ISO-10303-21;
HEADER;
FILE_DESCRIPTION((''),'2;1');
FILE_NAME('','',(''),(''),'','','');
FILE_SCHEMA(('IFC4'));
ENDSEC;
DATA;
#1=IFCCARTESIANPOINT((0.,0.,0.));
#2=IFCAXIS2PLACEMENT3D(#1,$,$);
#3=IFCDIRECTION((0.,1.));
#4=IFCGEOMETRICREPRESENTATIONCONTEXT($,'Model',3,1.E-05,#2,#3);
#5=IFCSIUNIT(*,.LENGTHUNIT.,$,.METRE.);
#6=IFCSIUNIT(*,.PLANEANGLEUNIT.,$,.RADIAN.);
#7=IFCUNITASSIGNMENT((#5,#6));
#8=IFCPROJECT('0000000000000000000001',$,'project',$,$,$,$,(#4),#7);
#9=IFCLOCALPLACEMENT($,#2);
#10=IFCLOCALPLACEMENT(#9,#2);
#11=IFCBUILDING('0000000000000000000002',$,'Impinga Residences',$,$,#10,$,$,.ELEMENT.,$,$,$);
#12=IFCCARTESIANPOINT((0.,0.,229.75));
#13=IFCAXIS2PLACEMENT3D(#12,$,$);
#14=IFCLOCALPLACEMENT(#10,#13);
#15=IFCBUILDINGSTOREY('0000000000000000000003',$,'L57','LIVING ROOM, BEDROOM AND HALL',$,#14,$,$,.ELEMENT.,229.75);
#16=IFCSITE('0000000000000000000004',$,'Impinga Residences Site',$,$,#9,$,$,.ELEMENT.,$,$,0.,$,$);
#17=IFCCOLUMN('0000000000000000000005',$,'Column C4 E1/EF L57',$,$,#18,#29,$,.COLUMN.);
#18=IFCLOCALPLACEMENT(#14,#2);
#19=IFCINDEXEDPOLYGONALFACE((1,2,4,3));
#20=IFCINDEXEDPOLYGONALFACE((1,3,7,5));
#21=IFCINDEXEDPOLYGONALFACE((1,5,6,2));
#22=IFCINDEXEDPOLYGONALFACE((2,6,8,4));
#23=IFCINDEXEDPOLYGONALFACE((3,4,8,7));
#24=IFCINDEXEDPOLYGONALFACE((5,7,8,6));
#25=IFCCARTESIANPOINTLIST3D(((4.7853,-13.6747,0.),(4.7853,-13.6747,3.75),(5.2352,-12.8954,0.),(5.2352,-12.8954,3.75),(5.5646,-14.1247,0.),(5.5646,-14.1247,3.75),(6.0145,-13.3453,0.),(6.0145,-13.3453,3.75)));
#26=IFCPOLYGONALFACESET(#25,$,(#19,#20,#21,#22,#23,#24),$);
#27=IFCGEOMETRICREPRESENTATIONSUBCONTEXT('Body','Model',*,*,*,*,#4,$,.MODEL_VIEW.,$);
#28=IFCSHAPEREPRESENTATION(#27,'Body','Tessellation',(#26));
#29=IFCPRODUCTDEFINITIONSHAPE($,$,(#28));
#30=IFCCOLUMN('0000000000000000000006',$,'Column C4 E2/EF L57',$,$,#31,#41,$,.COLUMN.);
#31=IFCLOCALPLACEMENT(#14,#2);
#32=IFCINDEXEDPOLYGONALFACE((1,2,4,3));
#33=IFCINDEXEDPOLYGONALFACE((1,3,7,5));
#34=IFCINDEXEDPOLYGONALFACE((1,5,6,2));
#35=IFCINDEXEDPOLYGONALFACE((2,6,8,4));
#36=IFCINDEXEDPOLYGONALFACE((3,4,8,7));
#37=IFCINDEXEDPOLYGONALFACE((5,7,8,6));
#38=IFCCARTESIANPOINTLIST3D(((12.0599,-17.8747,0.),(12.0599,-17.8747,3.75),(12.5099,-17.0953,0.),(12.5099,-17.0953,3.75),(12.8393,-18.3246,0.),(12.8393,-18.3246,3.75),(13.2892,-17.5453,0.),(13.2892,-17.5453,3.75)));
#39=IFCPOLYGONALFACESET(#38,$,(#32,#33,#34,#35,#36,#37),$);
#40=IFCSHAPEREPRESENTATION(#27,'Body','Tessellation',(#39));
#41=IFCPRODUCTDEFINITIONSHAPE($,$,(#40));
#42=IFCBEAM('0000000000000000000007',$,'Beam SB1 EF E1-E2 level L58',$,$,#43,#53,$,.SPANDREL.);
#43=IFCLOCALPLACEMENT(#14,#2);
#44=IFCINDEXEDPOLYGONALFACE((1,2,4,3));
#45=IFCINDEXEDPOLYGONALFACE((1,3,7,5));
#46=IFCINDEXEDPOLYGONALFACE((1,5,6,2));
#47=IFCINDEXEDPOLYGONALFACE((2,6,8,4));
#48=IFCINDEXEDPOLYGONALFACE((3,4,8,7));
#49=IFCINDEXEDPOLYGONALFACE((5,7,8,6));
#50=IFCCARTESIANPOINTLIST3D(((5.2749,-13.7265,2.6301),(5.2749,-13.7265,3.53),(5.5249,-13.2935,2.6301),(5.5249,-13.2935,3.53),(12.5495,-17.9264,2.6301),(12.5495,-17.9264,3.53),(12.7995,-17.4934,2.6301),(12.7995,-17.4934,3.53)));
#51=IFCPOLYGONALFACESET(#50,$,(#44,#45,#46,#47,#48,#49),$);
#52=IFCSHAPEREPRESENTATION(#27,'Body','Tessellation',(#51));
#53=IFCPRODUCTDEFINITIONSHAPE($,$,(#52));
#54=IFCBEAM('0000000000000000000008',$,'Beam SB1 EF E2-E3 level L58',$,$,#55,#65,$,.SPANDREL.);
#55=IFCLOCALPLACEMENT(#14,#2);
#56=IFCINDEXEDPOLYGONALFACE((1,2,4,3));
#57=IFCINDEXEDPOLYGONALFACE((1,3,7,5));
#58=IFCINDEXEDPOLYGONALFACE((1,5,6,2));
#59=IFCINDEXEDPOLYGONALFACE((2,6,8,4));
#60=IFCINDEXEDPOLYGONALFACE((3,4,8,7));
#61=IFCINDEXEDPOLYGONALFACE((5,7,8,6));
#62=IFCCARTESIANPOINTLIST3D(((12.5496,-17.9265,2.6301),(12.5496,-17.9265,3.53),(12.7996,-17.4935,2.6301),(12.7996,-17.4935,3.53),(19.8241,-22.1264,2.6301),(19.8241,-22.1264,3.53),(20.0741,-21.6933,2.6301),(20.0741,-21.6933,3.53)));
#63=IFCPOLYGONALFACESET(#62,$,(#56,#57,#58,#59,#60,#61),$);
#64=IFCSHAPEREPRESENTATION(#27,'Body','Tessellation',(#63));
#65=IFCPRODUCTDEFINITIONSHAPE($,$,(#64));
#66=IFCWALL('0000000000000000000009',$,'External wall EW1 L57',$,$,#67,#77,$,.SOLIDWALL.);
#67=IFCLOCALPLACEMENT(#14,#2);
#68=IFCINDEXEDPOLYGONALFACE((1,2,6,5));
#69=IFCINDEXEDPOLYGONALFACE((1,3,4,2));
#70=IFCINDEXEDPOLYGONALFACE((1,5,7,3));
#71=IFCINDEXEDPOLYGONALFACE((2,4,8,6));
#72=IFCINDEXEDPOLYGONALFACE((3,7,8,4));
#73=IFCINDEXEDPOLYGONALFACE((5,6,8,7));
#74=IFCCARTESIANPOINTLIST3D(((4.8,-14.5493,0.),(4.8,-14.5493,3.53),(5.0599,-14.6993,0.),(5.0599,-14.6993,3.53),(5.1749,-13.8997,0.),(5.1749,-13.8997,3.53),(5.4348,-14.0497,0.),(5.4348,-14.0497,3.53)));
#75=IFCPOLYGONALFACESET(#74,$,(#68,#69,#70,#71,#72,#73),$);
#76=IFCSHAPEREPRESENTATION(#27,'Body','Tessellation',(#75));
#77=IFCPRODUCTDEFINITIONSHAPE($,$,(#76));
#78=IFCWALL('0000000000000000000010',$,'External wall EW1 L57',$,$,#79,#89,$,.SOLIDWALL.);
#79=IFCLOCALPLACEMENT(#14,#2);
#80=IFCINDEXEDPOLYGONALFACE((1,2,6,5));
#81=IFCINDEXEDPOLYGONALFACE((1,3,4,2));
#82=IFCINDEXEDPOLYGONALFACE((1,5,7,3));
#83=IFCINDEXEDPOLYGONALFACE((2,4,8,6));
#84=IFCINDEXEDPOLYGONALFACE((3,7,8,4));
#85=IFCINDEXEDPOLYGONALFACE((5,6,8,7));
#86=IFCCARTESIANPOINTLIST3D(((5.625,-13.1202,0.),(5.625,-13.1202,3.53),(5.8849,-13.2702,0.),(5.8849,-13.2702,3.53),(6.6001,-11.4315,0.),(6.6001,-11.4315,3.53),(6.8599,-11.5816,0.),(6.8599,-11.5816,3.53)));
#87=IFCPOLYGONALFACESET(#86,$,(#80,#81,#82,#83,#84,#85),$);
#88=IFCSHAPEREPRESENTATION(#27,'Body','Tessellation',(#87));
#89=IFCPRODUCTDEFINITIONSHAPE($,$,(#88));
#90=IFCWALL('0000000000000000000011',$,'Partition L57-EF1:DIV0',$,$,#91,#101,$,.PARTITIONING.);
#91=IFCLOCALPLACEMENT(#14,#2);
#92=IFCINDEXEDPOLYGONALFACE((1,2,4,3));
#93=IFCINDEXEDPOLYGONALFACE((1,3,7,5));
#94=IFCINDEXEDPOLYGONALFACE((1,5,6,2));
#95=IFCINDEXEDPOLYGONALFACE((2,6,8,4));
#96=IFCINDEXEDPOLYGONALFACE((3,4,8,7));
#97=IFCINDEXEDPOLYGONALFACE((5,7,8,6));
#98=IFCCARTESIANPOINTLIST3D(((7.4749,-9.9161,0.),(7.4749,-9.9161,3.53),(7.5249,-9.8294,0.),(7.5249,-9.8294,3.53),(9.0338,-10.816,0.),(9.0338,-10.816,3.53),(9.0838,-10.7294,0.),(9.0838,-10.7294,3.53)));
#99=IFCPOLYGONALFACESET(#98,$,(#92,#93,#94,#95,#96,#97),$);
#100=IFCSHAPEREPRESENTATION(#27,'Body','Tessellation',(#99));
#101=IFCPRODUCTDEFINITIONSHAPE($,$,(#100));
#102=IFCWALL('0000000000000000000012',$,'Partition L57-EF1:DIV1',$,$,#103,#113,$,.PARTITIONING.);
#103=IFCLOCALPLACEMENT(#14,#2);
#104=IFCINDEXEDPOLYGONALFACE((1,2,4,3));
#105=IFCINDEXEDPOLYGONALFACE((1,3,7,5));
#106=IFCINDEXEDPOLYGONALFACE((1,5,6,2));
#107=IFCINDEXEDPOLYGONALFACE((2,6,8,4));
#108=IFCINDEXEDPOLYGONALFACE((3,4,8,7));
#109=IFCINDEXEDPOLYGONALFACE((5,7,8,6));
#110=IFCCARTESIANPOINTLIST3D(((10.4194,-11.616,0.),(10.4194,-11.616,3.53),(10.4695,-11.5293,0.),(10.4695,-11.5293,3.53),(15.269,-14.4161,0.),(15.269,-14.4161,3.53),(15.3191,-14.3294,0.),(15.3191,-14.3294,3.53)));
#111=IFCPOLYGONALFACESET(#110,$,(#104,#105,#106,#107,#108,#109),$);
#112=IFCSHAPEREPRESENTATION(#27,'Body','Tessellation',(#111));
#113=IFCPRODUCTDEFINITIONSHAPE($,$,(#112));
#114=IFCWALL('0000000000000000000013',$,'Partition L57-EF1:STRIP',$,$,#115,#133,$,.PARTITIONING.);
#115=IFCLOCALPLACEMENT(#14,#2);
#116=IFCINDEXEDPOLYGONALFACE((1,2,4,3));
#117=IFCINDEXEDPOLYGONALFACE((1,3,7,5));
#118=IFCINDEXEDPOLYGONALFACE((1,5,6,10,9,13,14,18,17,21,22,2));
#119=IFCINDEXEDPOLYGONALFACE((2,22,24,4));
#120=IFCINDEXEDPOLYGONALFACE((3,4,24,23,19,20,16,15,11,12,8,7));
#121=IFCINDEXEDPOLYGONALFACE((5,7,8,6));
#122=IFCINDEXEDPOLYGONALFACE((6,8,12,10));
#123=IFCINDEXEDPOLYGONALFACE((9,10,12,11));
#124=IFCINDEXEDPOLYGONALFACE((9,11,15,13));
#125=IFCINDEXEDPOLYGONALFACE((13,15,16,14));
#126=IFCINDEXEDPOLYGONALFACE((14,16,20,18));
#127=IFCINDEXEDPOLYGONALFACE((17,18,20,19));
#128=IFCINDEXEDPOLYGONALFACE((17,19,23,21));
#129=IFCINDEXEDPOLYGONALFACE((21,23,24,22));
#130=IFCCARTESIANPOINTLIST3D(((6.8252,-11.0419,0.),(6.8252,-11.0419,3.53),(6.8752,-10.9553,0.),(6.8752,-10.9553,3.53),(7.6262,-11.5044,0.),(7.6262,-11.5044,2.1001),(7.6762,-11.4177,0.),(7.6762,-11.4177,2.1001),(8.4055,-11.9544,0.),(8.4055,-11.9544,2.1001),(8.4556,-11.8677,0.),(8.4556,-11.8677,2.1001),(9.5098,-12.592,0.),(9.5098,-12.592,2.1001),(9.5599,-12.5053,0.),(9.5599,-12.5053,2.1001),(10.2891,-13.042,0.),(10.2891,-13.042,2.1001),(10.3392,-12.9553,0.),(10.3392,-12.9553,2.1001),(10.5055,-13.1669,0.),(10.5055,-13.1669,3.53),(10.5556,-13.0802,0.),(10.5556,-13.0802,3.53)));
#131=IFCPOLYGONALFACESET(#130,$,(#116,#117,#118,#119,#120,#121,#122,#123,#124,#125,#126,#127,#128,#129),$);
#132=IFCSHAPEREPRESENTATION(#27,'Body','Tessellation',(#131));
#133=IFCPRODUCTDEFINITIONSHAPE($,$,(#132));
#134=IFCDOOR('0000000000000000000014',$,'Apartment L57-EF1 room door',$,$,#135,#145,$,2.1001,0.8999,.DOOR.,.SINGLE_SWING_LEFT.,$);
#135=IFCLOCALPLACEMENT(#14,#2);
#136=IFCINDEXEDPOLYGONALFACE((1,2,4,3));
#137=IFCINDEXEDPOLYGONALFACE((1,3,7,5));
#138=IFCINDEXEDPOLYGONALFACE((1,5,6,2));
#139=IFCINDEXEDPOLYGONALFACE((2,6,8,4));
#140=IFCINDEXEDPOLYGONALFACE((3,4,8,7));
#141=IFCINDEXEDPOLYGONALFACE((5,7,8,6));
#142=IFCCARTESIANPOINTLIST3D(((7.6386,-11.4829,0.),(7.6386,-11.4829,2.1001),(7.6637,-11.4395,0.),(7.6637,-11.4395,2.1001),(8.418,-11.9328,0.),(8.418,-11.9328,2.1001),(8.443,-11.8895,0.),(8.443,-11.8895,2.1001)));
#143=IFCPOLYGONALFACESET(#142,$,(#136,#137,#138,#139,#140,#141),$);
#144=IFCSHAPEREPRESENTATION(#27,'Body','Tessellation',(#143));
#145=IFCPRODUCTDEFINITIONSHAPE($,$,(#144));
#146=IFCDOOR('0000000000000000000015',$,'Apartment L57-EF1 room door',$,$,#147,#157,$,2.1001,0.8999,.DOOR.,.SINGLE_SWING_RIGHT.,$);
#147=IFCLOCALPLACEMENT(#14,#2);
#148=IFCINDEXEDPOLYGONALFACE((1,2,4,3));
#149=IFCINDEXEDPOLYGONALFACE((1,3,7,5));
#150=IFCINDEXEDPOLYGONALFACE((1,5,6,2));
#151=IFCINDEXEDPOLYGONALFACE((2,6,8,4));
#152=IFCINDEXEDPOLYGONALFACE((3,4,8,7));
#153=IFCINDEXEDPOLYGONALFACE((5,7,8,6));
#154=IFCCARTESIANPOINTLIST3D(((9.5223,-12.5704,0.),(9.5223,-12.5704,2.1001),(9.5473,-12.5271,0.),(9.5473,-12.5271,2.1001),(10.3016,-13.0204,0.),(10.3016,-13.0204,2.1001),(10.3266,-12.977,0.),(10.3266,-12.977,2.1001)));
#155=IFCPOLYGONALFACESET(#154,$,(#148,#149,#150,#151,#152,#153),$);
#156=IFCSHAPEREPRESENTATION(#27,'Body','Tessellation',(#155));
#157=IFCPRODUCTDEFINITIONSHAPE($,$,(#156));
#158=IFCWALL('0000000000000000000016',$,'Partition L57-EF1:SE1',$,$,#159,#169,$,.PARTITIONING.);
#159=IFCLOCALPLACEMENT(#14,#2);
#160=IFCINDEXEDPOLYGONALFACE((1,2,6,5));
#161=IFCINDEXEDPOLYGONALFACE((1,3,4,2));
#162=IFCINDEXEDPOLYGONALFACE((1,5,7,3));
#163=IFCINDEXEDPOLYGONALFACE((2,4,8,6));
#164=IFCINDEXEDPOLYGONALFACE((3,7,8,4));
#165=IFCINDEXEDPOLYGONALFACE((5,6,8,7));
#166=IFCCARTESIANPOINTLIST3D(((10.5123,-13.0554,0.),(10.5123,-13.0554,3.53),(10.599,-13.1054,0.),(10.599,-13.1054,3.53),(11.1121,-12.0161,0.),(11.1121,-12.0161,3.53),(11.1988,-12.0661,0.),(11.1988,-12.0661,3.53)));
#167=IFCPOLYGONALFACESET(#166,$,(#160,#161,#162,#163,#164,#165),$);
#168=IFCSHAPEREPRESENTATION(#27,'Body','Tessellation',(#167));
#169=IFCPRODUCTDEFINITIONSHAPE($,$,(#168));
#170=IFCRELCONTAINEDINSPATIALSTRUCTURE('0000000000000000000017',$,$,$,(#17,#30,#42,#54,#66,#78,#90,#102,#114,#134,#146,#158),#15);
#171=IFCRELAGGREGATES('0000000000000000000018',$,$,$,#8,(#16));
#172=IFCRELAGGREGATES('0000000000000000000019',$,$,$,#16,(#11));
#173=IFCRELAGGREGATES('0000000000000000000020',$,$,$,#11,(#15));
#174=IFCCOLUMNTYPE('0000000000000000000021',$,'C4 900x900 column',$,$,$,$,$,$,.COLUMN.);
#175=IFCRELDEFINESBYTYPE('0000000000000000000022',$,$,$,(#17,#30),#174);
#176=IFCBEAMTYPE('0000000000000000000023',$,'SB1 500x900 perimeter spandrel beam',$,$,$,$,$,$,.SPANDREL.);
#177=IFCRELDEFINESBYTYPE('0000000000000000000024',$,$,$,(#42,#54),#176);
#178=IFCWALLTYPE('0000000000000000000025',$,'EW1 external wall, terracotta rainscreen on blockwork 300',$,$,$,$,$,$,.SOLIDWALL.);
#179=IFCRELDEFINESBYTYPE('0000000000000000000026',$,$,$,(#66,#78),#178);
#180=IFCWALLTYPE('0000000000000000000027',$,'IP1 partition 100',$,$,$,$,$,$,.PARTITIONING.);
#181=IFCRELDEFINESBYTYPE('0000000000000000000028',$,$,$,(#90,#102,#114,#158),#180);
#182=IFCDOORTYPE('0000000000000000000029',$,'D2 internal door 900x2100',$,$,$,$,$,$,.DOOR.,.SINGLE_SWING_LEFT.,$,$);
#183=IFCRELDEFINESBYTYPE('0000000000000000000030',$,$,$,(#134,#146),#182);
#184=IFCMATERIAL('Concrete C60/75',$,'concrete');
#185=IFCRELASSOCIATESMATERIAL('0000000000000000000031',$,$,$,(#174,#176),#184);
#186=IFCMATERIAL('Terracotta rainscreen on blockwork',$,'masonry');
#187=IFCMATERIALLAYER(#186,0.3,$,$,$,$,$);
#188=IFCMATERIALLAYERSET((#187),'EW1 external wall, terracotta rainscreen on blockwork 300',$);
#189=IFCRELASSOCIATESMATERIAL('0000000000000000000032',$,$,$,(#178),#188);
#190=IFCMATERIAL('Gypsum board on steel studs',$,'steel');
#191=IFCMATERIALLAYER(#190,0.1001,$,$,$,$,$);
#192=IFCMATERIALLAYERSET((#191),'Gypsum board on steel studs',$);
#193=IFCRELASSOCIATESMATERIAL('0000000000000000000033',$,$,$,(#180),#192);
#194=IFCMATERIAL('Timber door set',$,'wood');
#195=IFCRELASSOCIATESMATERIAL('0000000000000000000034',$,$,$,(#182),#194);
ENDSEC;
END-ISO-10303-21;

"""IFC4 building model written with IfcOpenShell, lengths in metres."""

from ifc_helpers import new_model, si_unit, direction, frame, frame_2d, origin, origin_2d, place, context, subcontext, project, spatial, rectangle, extrude, material, layer, layer_set, material_profile, profile_set, type_object, element, fill, save


model = new_model("IFC4")

# Units and contexts
model_context = context("Model", 3, precision=1e-05, world=origin(), true_north=direction((0.0, 1.0)))
body_context = subcontext(model_context, "Body", "Model", "MODEL_VIEW")
ifc_project = project(units=[si_unit("LENGTHUNIT", "METRE"), si_unit("PLANEANGLEUNIT", "RADIAN")], contexts=[model_context])

# Site, building, storey
site_placement = place(None, origin())
site = spatial("IfcSite", under=ifc_project, at=site_placement, Name="Impinga Residences Site", CompositionType="ELEMENT", RefElevation=0.0)
building_placement = place(site_placement, origin())
building = spatial("IfcBuilding", under=site, at=building_placement, Name="Impinga Residences", CompositionType="ELEMENT")
storey_placement = place(building_placement, frame((0.0, 0.0, 229.75)))
storey = spatial("IfcBuildingStorey", under=building, at=storey_placement, Name="L57", Description="LIVING ROOM, BEDROOM AND HALL", CompositionType="ELEMENT", Elevation=229.75)

# Columns
ifc_material_1 = material(Name="Concrete C60/75", Category="concrete")
ifc_material_profile_1 = material_profile(ifc_material_1, rectangle(XDim=0.8999, YDim=0.8999, at=origin_2d()), Name="RC 900x900")
ifc_profile_set_1 = profile_set([ifc_material_profile_1], Name="Concrete C60/75")
column_type = type_object("IfcColumnType", Name="C4 900x900 column", PredefinedType="COLUMN", material=ifc_profile_set_1)
for number, where, z_axis, x_axis, name in (
    (1, (5.3999, -13.51, 0.0), (0.0, 0.0, 1.0), (-0.5, -0.866025, 0.0), "Column C4 E1/EF L57"),
    (2, (12.6746, -17.71, 0.0), (0.0, 0.0, 1.0), (-0.5, -0.866025, 0.0), "Column C4 E2/EF L57"),
):
    element("IfcColumn", number, at=place(storey_placement, frame(where, z_axis=z_axis, x_axis=x_axis)), inside=storey, type_object=column_type, Name=name, PredefinedType="COLUMN", context=body_context, shape_type="SweptSolid", body=[
        extrude(rectangle(XDim=0.8999, YDim=0.8999, at=origin_2d()), origin(), (0.0, 0.0, 1.0), 3.75),
    ])

# Beams
ifc_material_profile_2 = material_profile(ifc_material_1, rectangle(XDim=0.5, YDim=0.8999, at=origin_2d()), Name="RC 500x900")
ifc_profile_set_2 = profile_set([ifc_material_profile_2], Name="Concrete C60/75")
beam_type = type_object("IfcBeamType", Name="SB1 500x900 perimeter spandrel beam", PredefinedType="SPANDREL", material=ifc_profile_set_2)
for number, where, z_axis, x_axis, name in (
    (3, (5.3999, -13.51, 3.0801), (0.866029, -0.499993, 0.0), (0.499993, 0.866029, 0.0), "Beam SB1 EF E1-E2 level L58"),
    (4, (12.6746, -17.71, 3.0801), (0.866029, -0.499993, 0.0), (0.499993, 0.866029, 0.0), "Beam SB1 EF E2-E3 level L58"),
):
    element("IfcBeam", number, at=place(storey_placement, frame(where, z_axis=z_axis, x_axis=x_axis)), inside=storey, type_object=beam_type, Name=name, PredefinedType="SPANDREL", context=body_context, shape_type="SweptSolid", body=[
        extrude(rectangle(XDim=0.5, YDim=0.8999, at=origin_2d()), origin(), (0.0, 0.0, 1.0), 8.3999),
    ])

# Walls
ifc_material_2 = material(Name="Terracotta rainscreen on blockwork", Category="masonry")
ifc_layer_1 = layer(ifc_material_2, 0.3)
ifc_layer_set_1 = layer_set([ifc_layer_1], Name="EW1 external wall, terracotta rainscreen on blockwork 300")
wall_type_1 = type_object("IfcWallType", Name="EW1 external wall, terracotta rainscreen on blockwork 300", PredefinedType="SOLIDWALL", material=ifc_layer_set_1)
wall_1_placement = place(storey_placement, frame((4.9299, -14.6243, 0.0), z_axis=(0.0, 0.0, 1.0), x_axis=(0.49992, 0.866072, 0.0)))
element("IfcWall", 5, at=wall_1_placement, inside=storey, type_object=wall_type_1, Name="External wall EW1 L57", PredefinedType="SOLIDWALL", context=body_context, shape_type="SweptSolid", body=[
    extrude(rectangle(XDim=0.75, YDim=0.3, at=frame_2d((0.375, 0.0))), origin(), (0.0, 0.0, 1.0), 3.53),
])
wall_2_placement = place(storey_placement, frame((5.7549, -13.1953, 0.0), z_axis=(0.0, 0.0, 1.0), x_axis=(0.500044, 0.866, 0.0)))
element("IfcWall", 6, at=wall_2_placement, inside=storey, type_object=wall_type_1, Name="External wall EW1 L57", PredefinedType="SOLIDWALL", context=body_context, shape_type="SweptSolid", body=[
    extrude(rectangle(XDim=1.95, YDim=0.3, at=frame_2d((0.9751, 0.0))), origin(), (0.0, 0.0, 1.0), 3.53),
])
ifc_material_3 = material(Name="Gypsum board on steel studs", Category="steel")
ifc_layer_2 = layer(ifc_material_3, 0.1001)
ifc_layer_set_2 = layer_set([ifc_layer_2], Name="Gypsum board on steel studs")
wall_type_2 = type_object("IfcWallType", Name="IP1 partition 100", PredefinedType="PARTITIONING", material=ifc_layer_set_2)
wall_3_placement = place(storey_placement, frame((7.5, -9.8728, 0.0), z_axis=(0.0, 0.0, 1.0), x_axis=(0.866048, -0.499961, 0.0)))
element("IfcWall", 7, at=wall_3_placement, inside=storey, type_object=wall_type_2, Name="Partition L57-EF1:DIV0", PredefinedType="PARTITIONING", context=body_context, shape_type="SweptSolid", body=[
    extrude(rectangle(XDim=1.8, YDim=0.1001, at=frame_2d((0.8999, 0.0))), origin(), (0.0, 0.0, 1.0), 3.53),
])
wall_4_placement = place(storey_placement, frame((10.4446, -11.5728, 0.0), z_axis=(0.0, 0.0, 1.0), x_axis=(0.866016, -0.500017, 0.0)))
element("IfcWall", 8, at=wall_4_placement, inside=storey, type_object=wall_type_2, Name="Partition L57-EF1:DIV1", PredefinedType="PARTITIONING", context=body_context, shape_type="SweptSolid", body=[
    extrude(rectangle(XDim=5.5999, YDim=0.1001, at=frame_2d((2.7998, 0.0))), origin(), (0.0, 0.0, 1.0), 3.53),
])

# Wall, openings, doors
wall_5_placement = place(storey_placement, frame((6.8501, -10.9985, 0.0), z_axis=(0.0, 0.0, 1.0), x_axis=(0.866014, -0.500019, 0.0)))
wall_5 = element("IfcWall", 9, at=wall_5_placement, inside=storey, type_object=wall_type_2, Name="Partition L57-EF1:STRIP", PredefinedType="PARTITIONING", context=body_context, shape_type="SweptSolid", body=[
    extrude(rectangle(XDim=4.2498, YDim=0.1001, at=frame_2d((2.125, 0.0))), origin(), (0.0, 0.0, 1.0), 3.53),
])
opening_1_placement = place(wall_5_placement, frame((0.925, 0.0, 0.0)))
opening_1 = element("IfcOpeningElement", 10, at=opening_1_placement, cuts=wall_5, PredefinedType="OPENING", context=body_context, shape_type="SweptSolid", body=[
    extrude(rectangle(XDim=0.8999, YDim=2.1001, at=frame_2d((0.45, 1.05))), frame((0.0, 0.0601, 0.0), z_axis=(0.0, -1.0, 0.0), x_axis=(1.0, 0.0, 0.0)), (0.0, 0.0, 1.0), 0.1201),
])
opening_2_placement = place(wall_5_placement, frame((3.1001, 0.0, 0.0)))
opening_2 = element("IfcOpeningElement", 11, at=opening_2_placement, cuts=wall_5, PredefinedType="OPENING", context=body_context, shape_type="SweptSolid", body=[
    extrude(rectangle(XDim=0.8999, YDim=2.1001, at=frame_2d((0.45, 1.05))), frame((0.0, 0.0601, 0.0), z_axis=(0.0, -1.0, 0.0), x_axis=(1.0, 0.0, 0.0)), (0.0, 0.0, 1.0), 0.1201),
])
ifc_material_4 = material(Name="Timber door set", Category="wood")
door_type_1 = type_object("IfcDoorType", Name="D2 internal door 900x2100", OperationType="SINGLE_SWING_LEFT", PredefinedType="DOOR", material=ifc_material_4)
door_1_placement = place(opening_1_placement, origin())
door_1 = element("IfcDoor", 12, at=door_1_placement, inside=storey, type_object=door_type_1, Name="Apartment L57-EF1 room door", OperationType="SINGLE_SWING_LEFT", OverallHeight=2.1001, OverallWidth=0.8999, PredefinedType="DOOR", context=body_context, shape_type="SweptSolid", body=[
    extrude(rectangle(XDim=0.8999, YDim=2.1001, at=frame_2d((0.45, 1.05))), frame((0.0, 0.0249, 0.0), z_axis=(0.0, -1.0, 0.0), x_axis=(1.0, 0.0, 0.0)), (0.0, 0.0, 1.0), 0.05),
])
fill(opening_1, door_1)
door_2_placement = place(opening_2_placement, origin())
door_2 = element("IfcDoor", 13, at=door_2_placement, inside=storey, type_object=door_type_1, Name="Apartment L57-EF1 room door", OperationType="SINGLE_SWING_RIGHT", OverallHeight=2.1001, OverallWidth=0.8999, PredefinedType="DOOR", context=body_context, shape_type="SweptSolid", body=[
    extrude(rectangle(XDim=0.8999, YDim=2.1001, at=frame_2d((0.45, 1.05))), frame((0.0, 0.0249, 0.0), z_axis=(0.0, -1.0, 0.0), x_axis=(1.0, 0.0, 0.0)), (0.0, 0.0, 1.0), 0.05),
])
fill(opening_2, door_2)

# Wall
wall_6_placement = place(storey_placement, frame((11.1555, -12.041, 0.0), z_axis=(0.0, 0.0, 1.0), x_axis=(-0.499881, -0.866094, 0.0)))
element("IfcWall", 14, at=wall_6_placement, inside=storey, type_object=wall_type_2, Name="Partition L57-EF1:SE1", PredefinedType="PARTITIONING", context=body_context, shape_type="SweptSolid", body=[
    extrude(rectangle(XDim=1.2, YDim=0.1001, at=frame_2d((0.6001, 0.0))), origin(), (0.0, 0.0, 1.0), 3.53),
])

save(model, "model.ifc")
